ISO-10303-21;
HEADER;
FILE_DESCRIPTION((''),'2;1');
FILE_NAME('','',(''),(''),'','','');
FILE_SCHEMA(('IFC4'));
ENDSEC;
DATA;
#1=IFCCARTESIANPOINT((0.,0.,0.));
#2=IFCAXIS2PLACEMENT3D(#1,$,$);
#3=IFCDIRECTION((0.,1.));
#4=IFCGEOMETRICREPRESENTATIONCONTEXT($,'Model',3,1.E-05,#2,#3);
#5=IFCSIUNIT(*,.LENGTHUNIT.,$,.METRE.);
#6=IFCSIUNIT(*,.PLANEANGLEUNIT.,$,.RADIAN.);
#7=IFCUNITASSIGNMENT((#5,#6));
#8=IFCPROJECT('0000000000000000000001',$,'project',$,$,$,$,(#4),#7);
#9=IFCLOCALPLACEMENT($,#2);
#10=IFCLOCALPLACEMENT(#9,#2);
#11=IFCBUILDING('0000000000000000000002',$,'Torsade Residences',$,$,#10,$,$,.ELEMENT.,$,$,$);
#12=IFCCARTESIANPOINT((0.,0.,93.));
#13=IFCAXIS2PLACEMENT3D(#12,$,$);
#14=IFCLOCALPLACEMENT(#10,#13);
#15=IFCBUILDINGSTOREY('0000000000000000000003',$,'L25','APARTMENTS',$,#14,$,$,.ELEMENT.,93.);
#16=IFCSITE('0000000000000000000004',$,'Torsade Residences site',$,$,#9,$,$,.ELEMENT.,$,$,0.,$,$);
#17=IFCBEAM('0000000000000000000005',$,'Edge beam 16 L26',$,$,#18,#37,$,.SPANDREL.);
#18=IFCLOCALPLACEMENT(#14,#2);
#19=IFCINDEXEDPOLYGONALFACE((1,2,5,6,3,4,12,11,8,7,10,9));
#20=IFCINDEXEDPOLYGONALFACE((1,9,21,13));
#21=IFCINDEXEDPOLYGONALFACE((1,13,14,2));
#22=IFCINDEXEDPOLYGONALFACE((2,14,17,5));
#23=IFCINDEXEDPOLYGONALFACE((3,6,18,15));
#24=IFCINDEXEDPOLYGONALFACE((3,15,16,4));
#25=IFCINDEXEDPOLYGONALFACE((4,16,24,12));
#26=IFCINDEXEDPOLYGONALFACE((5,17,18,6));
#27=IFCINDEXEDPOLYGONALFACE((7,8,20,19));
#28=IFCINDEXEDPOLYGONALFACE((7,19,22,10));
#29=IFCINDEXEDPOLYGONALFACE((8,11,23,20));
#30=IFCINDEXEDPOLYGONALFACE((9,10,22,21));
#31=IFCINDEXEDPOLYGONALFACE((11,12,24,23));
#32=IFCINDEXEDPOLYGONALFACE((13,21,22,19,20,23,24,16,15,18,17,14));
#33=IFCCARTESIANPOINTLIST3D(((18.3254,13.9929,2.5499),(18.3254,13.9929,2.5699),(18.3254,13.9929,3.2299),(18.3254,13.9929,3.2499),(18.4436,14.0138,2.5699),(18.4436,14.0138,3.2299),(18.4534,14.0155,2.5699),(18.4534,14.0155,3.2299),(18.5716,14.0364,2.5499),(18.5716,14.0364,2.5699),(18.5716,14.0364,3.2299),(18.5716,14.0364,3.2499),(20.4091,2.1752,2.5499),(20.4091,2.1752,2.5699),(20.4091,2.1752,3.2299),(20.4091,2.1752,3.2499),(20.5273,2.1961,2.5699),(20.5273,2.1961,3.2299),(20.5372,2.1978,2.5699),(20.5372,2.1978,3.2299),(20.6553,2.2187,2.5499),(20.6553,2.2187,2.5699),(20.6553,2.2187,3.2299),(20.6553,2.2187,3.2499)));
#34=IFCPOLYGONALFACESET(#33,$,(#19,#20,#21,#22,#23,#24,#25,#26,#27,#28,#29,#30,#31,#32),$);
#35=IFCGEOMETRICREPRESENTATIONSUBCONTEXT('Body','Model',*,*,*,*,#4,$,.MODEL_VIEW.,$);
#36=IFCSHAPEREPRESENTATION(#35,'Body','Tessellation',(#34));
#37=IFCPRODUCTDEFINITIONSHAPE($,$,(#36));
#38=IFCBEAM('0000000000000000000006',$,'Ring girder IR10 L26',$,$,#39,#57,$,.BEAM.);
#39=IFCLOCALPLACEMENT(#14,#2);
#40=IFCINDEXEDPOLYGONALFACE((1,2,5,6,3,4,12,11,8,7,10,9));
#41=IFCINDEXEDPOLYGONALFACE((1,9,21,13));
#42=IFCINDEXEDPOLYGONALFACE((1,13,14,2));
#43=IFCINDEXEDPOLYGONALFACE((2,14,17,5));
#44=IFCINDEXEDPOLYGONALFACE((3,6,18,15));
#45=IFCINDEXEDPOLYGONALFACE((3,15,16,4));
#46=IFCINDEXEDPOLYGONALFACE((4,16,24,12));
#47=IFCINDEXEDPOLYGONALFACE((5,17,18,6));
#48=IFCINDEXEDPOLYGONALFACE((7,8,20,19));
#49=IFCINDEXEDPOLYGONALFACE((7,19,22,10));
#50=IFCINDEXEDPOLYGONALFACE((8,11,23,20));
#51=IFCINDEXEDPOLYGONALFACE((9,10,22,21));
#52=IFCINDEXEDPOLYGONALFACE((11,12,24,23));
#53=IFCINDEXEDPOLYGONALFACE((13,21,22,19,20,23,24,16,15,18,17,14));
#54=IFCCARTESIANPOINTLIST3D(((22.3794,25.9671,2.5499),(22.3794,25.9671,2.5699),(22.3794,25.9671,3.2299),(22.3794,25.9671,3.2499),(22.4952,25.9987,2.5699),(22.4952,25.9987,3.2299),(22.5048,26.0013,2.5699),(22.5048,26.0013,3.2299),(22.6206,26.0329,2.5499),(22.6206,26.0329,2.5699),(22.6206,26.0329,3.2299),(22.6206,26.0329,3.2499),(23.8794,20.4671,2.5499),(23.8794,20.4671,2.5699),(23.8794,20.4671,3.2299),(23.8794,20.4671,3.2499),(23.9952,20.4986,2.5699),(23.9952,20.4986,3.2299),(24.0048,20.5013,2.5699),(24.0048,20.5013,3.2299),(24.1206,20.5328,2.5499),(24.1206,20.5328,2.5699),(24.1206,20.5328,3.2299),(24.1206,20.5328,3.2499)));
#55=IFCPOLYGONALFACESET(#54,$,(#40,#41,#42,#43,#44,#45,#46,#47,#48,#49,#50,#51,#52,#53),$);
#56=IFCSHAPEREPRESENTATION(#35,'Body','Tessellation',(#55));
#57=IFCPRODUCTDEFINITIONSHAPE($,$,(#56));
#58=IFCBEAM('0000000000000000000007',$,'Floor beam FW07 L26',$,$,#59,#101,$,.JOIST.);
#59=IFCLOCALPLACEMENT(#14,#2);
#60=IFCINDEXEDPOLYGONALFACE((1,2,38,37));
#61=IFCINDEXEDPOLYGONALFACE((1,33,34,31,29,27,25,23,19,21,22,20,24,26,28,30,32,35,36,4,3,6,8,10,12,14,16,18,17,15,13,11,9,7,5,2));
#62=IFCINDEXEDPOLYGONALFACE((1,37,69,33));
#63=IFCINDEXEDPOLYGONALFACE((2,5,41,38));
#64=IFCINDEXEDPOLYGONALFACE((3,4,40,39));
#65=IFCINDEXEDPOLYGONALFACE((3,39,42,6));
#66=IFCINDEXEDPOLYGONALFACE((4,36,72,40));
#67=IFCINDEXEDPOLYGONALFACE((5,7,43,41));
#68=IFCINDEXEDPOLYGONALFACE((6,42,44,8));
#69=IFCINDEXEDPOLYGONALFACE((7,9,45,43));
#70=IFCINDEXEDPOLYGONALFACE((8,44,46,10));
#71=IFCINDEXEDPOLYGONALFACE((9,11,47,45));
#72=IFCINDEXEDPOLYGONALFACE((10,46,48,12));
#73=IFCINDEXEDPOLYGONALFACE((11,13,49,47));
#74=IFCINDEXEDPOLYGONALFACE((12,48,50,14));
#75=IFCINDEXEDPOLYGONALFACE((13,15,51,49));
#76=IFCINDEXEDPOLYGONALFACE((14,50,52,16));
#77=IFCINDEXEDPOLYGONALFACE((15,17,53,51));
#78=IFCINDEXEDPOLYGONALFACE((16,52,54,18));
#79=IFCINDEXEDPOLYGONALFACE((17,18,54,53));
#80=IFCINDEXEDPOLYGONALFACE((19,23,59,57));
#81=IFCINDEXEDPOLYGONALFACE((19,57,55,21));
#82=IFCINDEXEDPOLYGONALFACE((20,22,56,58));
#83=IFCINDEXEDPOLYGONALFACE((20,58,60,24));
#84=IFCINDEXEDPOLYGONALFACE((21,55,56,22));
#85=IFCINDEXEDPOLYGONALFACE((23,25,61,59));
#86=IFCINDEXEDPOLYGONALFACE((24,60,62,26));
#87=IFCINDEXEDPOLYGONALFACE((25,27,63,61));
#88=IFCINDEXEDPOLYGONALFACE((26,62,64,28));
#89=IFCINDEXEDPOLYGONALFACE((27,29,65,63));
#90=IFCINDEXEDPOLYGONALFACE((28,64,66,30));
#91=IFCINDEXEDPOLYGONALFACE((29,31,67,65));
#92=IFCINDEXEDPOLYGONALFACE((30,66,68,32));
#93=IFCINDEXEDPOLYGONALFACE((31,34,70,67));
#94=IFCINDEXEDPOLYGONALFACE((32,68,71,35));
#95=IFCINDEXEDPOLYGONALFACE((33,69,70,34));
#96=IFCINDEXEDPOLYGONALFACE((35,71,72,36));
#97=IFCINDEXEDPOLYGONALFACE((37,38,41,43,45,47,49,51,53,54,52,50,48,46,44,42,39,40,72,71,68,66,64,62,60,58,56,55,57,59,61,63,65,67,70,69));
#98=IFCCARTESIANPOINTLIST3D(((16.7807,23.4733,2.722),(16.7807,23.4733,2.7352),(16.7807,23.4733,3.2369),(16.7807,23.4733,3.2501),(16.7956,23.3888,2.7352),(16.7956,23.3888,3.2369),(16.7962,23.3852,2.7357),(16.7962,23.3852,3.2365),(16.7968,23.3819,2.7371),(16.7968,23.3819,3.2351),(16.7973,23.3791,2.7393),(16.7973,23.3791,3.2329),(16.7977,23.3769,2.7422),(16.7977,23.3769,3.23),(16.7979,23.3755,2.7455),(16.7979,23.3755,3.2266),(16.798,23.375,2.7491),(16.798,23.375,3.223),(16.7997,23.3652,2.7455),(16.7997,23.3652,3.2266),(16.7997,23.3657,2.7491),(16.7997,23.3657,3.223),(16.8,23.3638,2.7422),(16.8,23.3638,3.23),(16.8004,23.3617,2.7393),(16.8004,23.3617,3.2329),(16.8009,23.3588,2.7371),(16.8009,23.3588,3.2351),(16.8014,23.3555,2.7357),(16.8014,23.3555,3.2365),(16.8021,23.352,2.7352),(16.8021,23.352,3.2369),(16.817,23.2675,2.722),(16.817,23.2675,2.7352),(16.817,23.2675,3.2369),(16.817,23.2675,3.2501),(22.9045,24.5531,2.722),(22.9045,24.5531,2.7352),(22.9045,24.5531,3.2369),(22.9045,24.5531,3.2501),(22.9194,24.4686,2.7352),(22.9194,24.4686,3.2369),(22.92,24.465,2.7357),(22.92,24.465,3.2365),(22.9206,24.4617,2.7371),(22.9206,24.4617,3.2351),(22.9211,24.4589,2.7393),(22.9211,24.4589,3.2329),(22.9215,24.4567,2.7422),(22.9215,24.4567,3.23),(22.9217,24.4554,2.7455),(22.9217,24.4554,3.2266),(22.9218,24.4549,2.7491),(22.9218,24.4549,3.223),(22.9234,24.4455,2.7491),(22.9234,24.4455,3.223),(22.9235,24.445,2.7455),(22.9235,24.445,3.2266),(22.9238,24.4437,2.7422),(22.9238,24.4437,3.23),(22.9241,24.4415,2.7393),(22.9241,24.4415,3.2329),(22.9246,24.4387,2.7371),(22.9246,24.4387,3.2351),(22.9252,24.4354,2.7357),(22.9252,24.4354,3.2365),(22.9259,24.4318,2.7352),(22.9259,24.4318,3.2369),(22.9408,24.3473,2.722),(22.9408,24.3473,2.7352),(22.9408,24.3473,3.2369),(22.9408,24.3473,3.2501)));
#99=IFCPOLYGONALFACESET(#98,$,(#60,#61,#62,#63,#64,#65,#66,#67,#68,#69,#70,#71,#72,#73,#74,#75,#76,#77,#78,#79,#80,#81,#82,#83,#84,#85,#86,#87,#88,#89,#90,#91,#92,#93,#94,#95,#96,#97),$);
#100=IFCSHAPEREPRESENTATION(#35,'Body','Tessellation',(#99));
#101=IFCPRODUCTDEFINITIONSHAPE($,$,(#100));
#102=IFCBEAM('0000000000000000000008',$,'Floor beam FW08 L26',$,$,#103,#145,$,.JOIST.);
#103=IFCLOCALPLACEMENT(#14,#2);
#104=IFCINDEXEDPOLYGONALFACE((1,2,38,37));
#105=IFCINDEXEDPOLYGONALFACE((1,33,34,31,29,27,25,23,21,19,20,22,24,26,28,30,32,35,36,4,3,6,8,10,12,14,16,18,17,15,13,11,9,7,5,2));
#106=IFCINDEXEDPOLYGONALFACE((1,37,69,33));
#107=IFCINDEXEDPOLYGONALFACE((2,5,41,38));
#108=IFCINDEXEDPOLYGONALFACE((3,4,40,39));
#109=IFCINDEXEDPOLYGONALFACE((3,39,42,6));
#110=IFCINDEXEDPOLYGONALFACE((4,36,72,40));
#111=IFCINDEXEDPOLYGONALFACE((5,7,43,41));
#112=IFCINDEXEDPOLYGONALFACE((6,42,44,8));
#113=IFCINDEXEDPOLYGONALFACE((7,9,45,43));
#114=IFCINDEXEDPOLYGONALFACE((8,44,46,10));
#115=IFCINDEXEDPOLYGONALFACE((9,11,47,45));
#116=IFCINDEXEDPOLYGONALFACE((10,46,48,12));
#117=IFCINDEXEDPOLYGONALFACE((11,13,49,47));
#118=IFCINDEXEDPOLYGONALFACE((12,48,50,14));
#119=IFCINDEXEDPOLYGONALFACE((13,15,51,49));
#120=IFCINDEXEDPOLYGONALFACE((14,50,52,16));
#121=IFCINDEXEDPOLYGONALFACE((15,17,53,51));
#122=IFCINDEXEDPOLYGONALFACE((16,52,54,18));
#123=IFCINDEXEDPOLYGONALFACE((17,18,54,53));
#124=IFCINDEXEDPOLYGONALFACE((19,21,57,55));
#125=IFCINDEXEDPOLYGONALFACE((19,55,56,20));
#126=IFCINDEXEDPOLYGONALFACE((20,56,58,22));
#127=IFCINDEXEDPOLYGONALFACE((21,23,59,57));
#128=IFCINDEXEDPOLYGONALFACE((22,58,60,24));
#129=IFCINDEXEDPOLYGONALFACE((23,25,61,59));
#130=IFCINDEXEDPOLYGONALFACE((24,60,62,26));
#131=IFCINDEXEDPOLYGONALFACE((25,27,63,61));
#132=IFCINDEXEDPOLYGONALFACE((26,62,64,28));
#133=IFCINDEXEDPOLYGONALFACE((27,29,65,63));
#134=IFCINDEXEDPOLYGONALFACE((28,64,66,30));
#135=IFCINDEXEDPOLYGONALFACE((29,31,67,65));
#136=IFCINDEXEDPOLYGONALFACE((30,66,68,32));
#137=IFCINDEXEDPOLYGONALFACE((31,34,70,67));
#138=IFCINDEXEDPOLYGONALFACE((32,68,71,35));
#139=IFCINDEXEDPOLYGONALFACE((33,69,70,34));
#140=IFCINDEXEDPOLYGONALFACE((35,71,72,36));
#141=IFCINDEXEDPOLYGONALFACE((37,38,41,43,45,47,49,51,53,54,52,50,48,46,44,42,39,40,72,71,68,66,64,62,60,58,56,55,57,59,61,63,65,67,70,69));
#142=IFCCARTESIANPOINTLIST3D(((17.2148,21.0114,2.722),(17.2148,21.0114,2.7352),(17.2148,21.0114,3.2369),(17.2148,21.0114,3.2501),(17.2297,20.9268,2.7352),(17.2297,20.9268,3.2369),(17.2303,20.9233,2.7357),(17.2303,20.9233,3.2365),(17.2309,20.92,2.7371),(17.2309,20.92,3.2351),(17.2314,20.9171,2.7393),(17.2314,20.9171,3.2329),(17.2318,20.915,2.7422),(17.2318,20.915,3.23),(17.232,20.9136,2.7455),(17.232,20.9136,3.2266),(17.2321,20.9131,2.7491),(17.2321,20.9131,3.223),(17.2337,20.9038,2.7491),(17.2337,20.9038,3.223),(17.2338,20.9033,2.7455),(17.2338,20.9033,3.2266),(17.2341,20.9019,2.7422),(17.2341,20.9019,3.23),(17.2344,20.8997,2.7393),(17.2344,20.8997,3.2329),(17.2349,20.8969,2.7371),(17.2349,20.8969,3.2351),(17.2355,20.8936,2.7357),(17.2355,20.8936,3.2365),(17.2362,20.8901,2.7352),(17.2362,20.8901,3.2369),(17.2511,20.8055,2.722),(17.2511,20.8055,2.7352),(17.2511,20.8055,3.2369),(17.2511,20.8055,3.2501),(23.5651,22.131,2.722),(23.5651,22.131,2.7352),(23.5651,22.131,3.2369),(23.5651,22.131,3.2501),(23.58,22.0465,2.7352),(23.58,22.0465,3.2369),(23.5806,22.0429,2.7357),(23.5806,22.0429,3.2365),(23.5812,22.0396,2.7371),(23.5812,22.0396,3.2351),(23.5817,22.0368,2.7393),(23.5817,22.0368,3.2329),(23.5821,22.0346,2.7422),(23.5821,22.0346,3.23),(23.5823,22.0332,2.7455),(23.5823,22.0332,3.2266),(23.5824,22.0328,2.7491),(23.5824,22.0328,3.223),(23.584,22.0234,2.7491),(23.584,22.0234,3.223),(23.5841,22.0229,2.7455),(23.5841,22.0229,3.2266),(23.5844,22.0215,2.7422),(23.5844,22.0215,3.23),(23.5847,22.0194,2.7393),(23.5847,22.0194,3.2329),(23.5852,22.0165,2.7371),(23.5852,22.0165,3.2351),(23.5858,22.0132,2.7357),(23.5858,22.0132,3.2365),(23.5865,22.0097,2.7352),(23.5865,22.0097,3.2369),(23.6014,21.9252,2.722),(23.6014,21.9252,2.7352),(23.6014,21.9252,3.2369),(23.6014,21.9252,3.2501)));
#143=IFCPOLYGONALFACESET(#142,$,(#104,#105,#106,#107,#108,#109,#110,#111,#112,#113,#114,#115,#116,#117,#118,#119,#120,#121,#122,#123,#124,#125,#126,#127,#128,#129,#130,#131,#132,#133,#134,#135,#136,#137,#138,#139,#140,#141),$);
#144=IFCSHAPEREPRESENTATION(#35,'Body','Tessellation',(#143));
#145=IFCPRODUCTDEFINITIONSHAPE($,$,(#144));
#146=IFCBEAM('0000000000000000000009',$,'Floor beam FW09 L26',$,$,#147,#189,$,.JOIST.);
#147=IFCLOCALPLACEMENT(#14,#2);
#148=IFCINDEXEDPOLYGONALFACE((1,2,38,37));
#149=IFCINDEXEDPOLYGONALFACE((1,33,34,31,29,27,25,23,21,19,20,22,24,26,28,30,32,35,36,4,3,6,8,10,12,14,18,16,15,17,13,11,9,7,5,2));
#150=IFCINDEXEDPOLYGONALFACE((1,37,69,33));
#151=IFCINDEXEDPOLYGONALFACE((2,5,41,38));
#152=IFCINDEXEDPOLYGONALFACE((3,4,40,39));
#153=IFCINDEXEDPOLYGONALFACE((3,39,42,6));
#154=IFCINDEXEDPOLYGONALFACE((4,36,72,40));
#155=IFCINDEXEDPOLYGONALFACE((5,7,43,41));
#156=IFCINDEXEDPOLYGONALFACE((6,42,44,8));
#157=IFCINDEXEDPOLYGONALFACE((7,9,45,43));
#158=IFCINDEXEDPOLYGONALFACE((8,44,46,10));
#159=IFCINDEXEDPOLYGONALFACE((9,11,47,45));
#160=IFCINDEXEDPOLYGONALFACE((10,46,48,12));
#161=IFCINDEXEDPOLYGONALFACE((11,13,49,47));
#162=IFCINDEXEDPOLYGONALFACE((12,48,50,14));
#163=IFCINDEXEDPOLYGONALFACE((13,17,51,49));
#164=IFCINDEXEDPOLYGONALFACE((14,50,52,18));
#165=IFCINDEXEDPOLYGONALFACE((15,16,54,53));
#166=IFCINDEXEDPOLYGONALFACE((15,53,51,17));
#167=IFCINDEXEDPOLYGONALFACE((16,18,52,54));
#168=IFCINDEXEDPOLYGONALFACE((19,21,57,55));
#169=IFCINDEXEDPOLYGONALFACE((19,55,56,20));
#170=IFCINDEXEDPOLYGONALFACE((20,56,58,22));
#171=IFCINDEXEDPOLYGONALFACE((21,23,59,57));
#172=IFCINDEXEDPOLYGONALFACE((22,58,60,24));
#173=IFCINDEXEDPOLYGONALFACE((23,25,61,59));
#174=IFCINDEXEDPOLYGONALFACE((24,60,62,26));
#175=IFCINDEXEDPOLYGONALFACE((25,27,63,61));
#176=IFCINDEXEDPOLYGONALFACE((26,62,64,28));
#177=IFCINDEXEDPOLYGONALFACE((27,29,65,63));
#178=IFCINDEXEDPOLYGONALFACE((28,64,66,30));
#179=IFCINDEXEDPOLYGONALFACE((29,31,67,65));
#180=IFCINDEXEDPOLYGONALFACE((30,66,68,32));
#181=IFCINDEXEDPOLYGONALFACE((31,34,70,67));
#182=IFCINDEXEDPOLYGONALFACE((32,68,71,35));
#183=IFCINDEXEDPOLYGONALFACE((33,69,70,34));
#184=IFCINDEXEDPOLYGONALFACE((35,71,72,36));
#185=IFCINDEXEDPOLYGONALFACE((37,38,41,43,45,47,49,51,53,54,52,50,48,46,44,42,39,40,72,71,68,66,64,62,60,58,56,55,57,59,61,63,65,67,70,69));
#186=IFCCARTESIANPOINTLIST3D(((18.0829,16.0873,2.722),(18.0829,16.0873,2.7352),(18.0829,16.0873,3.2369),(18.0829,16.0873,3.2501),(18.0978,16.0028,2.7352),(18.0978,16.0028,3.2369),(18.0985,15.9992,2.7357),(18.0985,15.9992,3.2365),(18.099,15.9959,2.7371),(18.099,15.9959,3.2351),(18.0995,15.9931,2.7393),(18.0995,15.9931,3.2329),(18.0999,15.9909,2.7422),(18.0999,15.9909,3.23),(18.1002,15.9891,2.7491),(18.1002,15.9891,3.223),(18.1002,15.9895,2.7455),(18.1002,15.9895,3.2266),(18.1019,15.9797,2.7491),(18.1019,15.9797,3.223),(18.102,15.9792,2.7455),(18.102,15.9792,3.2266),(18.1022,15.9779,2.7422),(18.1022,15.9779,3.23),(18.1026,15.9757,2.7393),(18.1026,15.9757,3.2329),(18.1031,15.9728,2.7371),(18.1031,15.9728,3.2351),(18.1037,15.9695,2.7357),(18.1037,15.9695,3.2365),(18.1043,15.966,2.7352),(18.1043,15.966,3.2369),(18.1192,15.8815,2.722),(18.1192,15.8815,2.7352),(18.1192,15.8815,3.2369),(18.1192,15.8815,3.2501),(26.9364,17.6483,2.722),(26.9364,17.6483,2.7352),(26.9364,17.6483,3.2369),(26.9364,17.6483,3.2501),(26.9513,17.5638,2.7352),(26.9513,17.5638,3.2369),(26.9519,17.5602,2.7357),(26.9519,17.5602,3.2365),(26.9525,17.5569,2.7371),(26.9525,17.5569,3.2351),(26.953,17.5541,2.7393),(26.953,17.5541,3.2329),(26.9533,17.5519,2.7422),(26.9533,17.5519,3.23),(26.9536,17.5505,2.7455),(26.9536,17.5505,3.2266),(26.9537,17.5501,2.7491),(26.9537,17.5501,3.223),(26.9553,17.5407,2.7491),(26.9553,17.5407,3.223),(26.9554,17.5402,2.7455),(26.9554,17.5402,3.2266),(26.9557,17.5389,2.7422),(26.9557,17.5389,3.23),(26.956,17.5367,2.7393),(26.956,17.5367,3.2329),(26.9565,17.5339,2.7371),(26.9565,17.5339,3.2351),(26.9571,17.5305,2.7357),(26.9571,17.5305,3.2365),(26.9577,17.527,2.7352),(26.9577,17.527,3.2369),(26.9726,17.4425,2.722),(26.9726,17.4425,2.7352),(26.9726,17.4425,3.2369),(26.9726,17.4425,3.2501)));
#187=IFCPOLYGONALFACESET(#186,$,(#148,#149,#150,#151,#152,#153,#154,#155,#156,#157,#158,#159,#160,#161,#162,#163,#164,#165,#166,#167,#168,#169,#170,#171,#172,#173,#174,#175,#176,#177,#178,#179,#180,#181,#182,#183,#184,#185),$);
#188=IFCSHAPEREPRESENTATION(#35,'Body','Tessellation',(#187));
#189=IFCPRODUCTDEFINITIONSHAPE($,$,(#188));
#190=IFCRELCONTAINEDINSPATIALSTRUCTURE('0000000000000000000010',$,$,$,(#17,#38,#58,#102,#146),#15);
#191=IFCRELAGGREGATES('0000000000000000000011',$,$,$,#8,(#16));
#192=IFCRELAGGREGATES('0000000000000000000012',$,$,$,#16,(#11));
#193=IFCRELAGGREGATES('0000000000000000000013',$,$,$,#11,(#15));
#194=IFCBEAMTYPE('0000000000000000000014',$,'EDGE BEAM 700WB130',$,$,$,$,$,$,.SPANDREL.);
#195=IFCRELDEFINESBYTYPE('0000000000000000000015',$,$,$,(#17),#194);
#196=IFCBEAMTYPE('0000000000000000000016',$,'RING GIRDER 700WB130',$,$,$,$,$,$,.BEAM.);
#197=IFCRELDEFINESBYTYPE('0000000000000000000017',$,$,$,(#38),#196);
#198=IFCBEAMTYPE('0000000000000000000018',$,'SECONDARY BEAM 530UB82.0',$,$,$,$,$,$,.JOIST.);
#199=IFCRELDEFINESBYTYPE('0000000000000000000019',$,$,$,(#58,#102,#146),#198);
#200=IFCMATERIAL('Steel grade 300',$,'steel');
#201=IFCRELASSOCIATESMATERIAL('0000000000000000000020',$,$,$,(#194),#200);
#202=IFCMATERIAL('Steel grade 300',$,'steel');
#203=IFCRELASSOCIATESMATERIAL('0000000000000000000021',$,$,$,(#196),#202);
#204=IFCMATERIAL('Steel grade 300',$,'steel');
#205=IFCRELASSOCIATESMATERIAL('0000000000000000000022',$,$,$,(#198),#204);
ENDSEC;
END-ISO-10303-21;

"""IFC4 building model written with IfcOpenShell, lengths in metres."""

from ifc_helpers import new_model, si_unit, direction, frame, origin, origin_2d, place, context, subcontext, project, spatial, i_section, extrude, material, material_profile, profile_set, type_object, element, save


model = new_model("IFC4")

# Units and contexts
model_context = context("Model", 3, precision=1e-05, world=origin(), true_north=direction((0.0, 1.0)))
body_context = subcontext(model_context, "Body", "Model", "MODEL_VIEW")
ifc_project = project(units=[si_unit("LENGTHUNIT", "METRE"), si_unit("PLANEANGLEUNIT", "RADIAN")], contexts=[model_context])

# Site, building, storey
site_placement = place(None, origin())
site = spatial("IfcSite", under=ifc_project, at=site_placement, Name="Torsade Residences site", CompositionType="ELEMENT", RefElevation=0.0)
building_placement = place(site_placement, origin())
building = spatial("IfcBuilding", under=site, at=building_placement, Name="Torsade Residences", CompositionType="ELEMENT")
storey_placement = place(building_placement, frame((0.0, 0.0, 93.0)))
storey = spatial("IfcBuildingStorey", under=building, at=storey_placement, Name="L25", Description="APARTMENTS", CompositionType="ELEMENT", Elevation=93.0)

# Beams
ifc_material_1 = material(Name="Steel grade 300", Category="steel")
ifc_material_profile_1 = material_profile(ifc_material_1, i_section(OverallWidth=0.25, OverallDepth=0.7, WebThickness=0.01, FlangeThickness=0.02, at=origin_2d()), Name="700WB130")
ifc_profile_set_1 = profile_set([ifc_material_profile_1], Name="Steel grade 300")
beam_type_1 = type_object("IfcBeamType", Name="EDGE BEAM 700WB130", PredefinedType="SPANDREL", material=ifc_profile_set_1)
beam_1_placement = place(storey_placement, frame((18.4485, 14.0146, 2.8999), z_axis=(0.173646, -0.984808, 0.0), x_axis=(0.984808, 0.173646, 0.0)))
element("IfcBeam", 1, at=beam_1_placement, inside=storey, type_object=beam_type_1, Name="Edge beam 16 L26", PredefinedType="SPANDREL", context=body_context, shape_type="SweptSolid", body=[
    extrude(i_section(OverallWidth=0.25, OverallDepth=0.7, WebThickness=0.01, FlangeThickness=0.02, at=origin_2d()), origin(), (0.0, 0.0, 1.0), 12.0),
])
ifc_material_2 = material(Name="Steel grade 300", Category="steel")
ifc_material_profile_2 = material_profile(ifc_material_2, i_section(OverallWidth=0.25, OverallDepth=0.7, WebThickness=0.01, FlangeThickness=0.02, at=origin_2d()), Name="700WB130")
ifc_profile_set_2 = profile_set([ifc_material_profile_2], Name="Steel grade 300")
beam_type_2 = type_object("IfcBeamType", Name="RING GIRDER 700WB130", PredefinedType="BEAM", material=ifc_profile_set_2)
beam_2_placement = place(storey_placement, frame((22.5, 26.0, 2.8999), z_axis=(0.263117, -0.964764, 0.0), x_axis=(0.964764, 0.263117, 0.0)))
element("IfcBeam", 2, at=beam_2_placement, inside=storey, type_object=beam_type_2, Name="Ring girder IR10 L26", PredefinedType="BEAM", context=body_context, shape_type="SweptSolid", body=[
    extrude(i_section(OverallWidth=0.25, OverallDepth=0.7, WebThickness=0.01, FlangeThickness=0.02, at=origin_2d()), origin(), (0.0, 0.0, 1.0), 5.7009),
])
ifc_material_3 = material(Name="Steel grade 300", Category="steel")
ifc_material_profile_3 = material_profile(ifc_material_3, i_section(OverallWidth=0.209, OverallDepth=0.5281, WebThickness=0.0095, FlangeThickness=0.0132, FilletRadius=0.0139, at=origin_2d()), Name="530UB82.0")
ifc_profile_set_3 = profile_set([ifc_material_profile_3], Name="Steel grade 300")
beam_type_3 = type_object("IfcBeamType", Name="SECONDARY BEAM 530UB82.0", PredefinedType="JOIST", material=ifc_profile_set_3)
beam_3_placement = place(storey_placement, frame((16.7988, 23.3704, 2.9861), z_axis=(0.984806, 0.173655, 0.0), x_axis=(-0.173655, 0.984806, 0.0)))
element("IfcBeam", 3, at=beam_3_placement, inside=storey, type_object=beam_type_3, Name="Floor beam FW07 L26", PredefinedType="JOIST", context=body_context, shape_type="SweptSolid", body=[
    extrude(i_section(OverallWidth=0.209, OverallDepth=0.5281, WebThickness=0.0095, FlangeThickness=0.0132, FilletRadius=0.0139, at=origin_2d()), origin(), (0.0, 0.0, 1.0), 6.2183),
])
beam_4_placement = place(storey_placement, frame((17.2329, 20.9084, 2.9861), z_axis=(0.984811, 0.173632, 0.0), x_axis=(-0.173632, 0.984811, 0.0)))
element("IfcBeam", 4, at=beam_4_placement, inside=storey, type_object=beam_type_3, Name="Floor beam FW08 L26", PredefinedType="JOIST", context=body_context, shape_type="SweptSolid", body=[
    extrude(i_section(OverallWidth=0.209, OverallDepth=0.5281, WebThickness=0.0095, FlangeThickness=0.0132, FilletRadius=0.0139, at=origin_2d()), origin(), (0.0, 0.0, 1.0), 6.4482),
])
beam_5_placement = place(storey_placement, frame((18.1011, 15.9844, 2.9861), z_axis=(0.984809, 0.17364, 0.0), x_axis=(-0.17364, 0.984809, 0.0)))
element("IfcBeam", 5, at=beam_5_placement, inside=storey, type_object=beam_type_3, Name="Floor beam FW09 L26", PredefinedType="JOIST", context=body_context, shape_type="SweptSolid", body=[
    extrude(i_section(OverallWidth=0.209, OverallDepth=0.5281, WebThickness=0.0095, FlangeThickness=0.0132, FilletRadius=0.0139, at=origin_2d()), origin(), (0.0, 0.0, 1.0), 8.99),
])

save(model, "model.ifc")
